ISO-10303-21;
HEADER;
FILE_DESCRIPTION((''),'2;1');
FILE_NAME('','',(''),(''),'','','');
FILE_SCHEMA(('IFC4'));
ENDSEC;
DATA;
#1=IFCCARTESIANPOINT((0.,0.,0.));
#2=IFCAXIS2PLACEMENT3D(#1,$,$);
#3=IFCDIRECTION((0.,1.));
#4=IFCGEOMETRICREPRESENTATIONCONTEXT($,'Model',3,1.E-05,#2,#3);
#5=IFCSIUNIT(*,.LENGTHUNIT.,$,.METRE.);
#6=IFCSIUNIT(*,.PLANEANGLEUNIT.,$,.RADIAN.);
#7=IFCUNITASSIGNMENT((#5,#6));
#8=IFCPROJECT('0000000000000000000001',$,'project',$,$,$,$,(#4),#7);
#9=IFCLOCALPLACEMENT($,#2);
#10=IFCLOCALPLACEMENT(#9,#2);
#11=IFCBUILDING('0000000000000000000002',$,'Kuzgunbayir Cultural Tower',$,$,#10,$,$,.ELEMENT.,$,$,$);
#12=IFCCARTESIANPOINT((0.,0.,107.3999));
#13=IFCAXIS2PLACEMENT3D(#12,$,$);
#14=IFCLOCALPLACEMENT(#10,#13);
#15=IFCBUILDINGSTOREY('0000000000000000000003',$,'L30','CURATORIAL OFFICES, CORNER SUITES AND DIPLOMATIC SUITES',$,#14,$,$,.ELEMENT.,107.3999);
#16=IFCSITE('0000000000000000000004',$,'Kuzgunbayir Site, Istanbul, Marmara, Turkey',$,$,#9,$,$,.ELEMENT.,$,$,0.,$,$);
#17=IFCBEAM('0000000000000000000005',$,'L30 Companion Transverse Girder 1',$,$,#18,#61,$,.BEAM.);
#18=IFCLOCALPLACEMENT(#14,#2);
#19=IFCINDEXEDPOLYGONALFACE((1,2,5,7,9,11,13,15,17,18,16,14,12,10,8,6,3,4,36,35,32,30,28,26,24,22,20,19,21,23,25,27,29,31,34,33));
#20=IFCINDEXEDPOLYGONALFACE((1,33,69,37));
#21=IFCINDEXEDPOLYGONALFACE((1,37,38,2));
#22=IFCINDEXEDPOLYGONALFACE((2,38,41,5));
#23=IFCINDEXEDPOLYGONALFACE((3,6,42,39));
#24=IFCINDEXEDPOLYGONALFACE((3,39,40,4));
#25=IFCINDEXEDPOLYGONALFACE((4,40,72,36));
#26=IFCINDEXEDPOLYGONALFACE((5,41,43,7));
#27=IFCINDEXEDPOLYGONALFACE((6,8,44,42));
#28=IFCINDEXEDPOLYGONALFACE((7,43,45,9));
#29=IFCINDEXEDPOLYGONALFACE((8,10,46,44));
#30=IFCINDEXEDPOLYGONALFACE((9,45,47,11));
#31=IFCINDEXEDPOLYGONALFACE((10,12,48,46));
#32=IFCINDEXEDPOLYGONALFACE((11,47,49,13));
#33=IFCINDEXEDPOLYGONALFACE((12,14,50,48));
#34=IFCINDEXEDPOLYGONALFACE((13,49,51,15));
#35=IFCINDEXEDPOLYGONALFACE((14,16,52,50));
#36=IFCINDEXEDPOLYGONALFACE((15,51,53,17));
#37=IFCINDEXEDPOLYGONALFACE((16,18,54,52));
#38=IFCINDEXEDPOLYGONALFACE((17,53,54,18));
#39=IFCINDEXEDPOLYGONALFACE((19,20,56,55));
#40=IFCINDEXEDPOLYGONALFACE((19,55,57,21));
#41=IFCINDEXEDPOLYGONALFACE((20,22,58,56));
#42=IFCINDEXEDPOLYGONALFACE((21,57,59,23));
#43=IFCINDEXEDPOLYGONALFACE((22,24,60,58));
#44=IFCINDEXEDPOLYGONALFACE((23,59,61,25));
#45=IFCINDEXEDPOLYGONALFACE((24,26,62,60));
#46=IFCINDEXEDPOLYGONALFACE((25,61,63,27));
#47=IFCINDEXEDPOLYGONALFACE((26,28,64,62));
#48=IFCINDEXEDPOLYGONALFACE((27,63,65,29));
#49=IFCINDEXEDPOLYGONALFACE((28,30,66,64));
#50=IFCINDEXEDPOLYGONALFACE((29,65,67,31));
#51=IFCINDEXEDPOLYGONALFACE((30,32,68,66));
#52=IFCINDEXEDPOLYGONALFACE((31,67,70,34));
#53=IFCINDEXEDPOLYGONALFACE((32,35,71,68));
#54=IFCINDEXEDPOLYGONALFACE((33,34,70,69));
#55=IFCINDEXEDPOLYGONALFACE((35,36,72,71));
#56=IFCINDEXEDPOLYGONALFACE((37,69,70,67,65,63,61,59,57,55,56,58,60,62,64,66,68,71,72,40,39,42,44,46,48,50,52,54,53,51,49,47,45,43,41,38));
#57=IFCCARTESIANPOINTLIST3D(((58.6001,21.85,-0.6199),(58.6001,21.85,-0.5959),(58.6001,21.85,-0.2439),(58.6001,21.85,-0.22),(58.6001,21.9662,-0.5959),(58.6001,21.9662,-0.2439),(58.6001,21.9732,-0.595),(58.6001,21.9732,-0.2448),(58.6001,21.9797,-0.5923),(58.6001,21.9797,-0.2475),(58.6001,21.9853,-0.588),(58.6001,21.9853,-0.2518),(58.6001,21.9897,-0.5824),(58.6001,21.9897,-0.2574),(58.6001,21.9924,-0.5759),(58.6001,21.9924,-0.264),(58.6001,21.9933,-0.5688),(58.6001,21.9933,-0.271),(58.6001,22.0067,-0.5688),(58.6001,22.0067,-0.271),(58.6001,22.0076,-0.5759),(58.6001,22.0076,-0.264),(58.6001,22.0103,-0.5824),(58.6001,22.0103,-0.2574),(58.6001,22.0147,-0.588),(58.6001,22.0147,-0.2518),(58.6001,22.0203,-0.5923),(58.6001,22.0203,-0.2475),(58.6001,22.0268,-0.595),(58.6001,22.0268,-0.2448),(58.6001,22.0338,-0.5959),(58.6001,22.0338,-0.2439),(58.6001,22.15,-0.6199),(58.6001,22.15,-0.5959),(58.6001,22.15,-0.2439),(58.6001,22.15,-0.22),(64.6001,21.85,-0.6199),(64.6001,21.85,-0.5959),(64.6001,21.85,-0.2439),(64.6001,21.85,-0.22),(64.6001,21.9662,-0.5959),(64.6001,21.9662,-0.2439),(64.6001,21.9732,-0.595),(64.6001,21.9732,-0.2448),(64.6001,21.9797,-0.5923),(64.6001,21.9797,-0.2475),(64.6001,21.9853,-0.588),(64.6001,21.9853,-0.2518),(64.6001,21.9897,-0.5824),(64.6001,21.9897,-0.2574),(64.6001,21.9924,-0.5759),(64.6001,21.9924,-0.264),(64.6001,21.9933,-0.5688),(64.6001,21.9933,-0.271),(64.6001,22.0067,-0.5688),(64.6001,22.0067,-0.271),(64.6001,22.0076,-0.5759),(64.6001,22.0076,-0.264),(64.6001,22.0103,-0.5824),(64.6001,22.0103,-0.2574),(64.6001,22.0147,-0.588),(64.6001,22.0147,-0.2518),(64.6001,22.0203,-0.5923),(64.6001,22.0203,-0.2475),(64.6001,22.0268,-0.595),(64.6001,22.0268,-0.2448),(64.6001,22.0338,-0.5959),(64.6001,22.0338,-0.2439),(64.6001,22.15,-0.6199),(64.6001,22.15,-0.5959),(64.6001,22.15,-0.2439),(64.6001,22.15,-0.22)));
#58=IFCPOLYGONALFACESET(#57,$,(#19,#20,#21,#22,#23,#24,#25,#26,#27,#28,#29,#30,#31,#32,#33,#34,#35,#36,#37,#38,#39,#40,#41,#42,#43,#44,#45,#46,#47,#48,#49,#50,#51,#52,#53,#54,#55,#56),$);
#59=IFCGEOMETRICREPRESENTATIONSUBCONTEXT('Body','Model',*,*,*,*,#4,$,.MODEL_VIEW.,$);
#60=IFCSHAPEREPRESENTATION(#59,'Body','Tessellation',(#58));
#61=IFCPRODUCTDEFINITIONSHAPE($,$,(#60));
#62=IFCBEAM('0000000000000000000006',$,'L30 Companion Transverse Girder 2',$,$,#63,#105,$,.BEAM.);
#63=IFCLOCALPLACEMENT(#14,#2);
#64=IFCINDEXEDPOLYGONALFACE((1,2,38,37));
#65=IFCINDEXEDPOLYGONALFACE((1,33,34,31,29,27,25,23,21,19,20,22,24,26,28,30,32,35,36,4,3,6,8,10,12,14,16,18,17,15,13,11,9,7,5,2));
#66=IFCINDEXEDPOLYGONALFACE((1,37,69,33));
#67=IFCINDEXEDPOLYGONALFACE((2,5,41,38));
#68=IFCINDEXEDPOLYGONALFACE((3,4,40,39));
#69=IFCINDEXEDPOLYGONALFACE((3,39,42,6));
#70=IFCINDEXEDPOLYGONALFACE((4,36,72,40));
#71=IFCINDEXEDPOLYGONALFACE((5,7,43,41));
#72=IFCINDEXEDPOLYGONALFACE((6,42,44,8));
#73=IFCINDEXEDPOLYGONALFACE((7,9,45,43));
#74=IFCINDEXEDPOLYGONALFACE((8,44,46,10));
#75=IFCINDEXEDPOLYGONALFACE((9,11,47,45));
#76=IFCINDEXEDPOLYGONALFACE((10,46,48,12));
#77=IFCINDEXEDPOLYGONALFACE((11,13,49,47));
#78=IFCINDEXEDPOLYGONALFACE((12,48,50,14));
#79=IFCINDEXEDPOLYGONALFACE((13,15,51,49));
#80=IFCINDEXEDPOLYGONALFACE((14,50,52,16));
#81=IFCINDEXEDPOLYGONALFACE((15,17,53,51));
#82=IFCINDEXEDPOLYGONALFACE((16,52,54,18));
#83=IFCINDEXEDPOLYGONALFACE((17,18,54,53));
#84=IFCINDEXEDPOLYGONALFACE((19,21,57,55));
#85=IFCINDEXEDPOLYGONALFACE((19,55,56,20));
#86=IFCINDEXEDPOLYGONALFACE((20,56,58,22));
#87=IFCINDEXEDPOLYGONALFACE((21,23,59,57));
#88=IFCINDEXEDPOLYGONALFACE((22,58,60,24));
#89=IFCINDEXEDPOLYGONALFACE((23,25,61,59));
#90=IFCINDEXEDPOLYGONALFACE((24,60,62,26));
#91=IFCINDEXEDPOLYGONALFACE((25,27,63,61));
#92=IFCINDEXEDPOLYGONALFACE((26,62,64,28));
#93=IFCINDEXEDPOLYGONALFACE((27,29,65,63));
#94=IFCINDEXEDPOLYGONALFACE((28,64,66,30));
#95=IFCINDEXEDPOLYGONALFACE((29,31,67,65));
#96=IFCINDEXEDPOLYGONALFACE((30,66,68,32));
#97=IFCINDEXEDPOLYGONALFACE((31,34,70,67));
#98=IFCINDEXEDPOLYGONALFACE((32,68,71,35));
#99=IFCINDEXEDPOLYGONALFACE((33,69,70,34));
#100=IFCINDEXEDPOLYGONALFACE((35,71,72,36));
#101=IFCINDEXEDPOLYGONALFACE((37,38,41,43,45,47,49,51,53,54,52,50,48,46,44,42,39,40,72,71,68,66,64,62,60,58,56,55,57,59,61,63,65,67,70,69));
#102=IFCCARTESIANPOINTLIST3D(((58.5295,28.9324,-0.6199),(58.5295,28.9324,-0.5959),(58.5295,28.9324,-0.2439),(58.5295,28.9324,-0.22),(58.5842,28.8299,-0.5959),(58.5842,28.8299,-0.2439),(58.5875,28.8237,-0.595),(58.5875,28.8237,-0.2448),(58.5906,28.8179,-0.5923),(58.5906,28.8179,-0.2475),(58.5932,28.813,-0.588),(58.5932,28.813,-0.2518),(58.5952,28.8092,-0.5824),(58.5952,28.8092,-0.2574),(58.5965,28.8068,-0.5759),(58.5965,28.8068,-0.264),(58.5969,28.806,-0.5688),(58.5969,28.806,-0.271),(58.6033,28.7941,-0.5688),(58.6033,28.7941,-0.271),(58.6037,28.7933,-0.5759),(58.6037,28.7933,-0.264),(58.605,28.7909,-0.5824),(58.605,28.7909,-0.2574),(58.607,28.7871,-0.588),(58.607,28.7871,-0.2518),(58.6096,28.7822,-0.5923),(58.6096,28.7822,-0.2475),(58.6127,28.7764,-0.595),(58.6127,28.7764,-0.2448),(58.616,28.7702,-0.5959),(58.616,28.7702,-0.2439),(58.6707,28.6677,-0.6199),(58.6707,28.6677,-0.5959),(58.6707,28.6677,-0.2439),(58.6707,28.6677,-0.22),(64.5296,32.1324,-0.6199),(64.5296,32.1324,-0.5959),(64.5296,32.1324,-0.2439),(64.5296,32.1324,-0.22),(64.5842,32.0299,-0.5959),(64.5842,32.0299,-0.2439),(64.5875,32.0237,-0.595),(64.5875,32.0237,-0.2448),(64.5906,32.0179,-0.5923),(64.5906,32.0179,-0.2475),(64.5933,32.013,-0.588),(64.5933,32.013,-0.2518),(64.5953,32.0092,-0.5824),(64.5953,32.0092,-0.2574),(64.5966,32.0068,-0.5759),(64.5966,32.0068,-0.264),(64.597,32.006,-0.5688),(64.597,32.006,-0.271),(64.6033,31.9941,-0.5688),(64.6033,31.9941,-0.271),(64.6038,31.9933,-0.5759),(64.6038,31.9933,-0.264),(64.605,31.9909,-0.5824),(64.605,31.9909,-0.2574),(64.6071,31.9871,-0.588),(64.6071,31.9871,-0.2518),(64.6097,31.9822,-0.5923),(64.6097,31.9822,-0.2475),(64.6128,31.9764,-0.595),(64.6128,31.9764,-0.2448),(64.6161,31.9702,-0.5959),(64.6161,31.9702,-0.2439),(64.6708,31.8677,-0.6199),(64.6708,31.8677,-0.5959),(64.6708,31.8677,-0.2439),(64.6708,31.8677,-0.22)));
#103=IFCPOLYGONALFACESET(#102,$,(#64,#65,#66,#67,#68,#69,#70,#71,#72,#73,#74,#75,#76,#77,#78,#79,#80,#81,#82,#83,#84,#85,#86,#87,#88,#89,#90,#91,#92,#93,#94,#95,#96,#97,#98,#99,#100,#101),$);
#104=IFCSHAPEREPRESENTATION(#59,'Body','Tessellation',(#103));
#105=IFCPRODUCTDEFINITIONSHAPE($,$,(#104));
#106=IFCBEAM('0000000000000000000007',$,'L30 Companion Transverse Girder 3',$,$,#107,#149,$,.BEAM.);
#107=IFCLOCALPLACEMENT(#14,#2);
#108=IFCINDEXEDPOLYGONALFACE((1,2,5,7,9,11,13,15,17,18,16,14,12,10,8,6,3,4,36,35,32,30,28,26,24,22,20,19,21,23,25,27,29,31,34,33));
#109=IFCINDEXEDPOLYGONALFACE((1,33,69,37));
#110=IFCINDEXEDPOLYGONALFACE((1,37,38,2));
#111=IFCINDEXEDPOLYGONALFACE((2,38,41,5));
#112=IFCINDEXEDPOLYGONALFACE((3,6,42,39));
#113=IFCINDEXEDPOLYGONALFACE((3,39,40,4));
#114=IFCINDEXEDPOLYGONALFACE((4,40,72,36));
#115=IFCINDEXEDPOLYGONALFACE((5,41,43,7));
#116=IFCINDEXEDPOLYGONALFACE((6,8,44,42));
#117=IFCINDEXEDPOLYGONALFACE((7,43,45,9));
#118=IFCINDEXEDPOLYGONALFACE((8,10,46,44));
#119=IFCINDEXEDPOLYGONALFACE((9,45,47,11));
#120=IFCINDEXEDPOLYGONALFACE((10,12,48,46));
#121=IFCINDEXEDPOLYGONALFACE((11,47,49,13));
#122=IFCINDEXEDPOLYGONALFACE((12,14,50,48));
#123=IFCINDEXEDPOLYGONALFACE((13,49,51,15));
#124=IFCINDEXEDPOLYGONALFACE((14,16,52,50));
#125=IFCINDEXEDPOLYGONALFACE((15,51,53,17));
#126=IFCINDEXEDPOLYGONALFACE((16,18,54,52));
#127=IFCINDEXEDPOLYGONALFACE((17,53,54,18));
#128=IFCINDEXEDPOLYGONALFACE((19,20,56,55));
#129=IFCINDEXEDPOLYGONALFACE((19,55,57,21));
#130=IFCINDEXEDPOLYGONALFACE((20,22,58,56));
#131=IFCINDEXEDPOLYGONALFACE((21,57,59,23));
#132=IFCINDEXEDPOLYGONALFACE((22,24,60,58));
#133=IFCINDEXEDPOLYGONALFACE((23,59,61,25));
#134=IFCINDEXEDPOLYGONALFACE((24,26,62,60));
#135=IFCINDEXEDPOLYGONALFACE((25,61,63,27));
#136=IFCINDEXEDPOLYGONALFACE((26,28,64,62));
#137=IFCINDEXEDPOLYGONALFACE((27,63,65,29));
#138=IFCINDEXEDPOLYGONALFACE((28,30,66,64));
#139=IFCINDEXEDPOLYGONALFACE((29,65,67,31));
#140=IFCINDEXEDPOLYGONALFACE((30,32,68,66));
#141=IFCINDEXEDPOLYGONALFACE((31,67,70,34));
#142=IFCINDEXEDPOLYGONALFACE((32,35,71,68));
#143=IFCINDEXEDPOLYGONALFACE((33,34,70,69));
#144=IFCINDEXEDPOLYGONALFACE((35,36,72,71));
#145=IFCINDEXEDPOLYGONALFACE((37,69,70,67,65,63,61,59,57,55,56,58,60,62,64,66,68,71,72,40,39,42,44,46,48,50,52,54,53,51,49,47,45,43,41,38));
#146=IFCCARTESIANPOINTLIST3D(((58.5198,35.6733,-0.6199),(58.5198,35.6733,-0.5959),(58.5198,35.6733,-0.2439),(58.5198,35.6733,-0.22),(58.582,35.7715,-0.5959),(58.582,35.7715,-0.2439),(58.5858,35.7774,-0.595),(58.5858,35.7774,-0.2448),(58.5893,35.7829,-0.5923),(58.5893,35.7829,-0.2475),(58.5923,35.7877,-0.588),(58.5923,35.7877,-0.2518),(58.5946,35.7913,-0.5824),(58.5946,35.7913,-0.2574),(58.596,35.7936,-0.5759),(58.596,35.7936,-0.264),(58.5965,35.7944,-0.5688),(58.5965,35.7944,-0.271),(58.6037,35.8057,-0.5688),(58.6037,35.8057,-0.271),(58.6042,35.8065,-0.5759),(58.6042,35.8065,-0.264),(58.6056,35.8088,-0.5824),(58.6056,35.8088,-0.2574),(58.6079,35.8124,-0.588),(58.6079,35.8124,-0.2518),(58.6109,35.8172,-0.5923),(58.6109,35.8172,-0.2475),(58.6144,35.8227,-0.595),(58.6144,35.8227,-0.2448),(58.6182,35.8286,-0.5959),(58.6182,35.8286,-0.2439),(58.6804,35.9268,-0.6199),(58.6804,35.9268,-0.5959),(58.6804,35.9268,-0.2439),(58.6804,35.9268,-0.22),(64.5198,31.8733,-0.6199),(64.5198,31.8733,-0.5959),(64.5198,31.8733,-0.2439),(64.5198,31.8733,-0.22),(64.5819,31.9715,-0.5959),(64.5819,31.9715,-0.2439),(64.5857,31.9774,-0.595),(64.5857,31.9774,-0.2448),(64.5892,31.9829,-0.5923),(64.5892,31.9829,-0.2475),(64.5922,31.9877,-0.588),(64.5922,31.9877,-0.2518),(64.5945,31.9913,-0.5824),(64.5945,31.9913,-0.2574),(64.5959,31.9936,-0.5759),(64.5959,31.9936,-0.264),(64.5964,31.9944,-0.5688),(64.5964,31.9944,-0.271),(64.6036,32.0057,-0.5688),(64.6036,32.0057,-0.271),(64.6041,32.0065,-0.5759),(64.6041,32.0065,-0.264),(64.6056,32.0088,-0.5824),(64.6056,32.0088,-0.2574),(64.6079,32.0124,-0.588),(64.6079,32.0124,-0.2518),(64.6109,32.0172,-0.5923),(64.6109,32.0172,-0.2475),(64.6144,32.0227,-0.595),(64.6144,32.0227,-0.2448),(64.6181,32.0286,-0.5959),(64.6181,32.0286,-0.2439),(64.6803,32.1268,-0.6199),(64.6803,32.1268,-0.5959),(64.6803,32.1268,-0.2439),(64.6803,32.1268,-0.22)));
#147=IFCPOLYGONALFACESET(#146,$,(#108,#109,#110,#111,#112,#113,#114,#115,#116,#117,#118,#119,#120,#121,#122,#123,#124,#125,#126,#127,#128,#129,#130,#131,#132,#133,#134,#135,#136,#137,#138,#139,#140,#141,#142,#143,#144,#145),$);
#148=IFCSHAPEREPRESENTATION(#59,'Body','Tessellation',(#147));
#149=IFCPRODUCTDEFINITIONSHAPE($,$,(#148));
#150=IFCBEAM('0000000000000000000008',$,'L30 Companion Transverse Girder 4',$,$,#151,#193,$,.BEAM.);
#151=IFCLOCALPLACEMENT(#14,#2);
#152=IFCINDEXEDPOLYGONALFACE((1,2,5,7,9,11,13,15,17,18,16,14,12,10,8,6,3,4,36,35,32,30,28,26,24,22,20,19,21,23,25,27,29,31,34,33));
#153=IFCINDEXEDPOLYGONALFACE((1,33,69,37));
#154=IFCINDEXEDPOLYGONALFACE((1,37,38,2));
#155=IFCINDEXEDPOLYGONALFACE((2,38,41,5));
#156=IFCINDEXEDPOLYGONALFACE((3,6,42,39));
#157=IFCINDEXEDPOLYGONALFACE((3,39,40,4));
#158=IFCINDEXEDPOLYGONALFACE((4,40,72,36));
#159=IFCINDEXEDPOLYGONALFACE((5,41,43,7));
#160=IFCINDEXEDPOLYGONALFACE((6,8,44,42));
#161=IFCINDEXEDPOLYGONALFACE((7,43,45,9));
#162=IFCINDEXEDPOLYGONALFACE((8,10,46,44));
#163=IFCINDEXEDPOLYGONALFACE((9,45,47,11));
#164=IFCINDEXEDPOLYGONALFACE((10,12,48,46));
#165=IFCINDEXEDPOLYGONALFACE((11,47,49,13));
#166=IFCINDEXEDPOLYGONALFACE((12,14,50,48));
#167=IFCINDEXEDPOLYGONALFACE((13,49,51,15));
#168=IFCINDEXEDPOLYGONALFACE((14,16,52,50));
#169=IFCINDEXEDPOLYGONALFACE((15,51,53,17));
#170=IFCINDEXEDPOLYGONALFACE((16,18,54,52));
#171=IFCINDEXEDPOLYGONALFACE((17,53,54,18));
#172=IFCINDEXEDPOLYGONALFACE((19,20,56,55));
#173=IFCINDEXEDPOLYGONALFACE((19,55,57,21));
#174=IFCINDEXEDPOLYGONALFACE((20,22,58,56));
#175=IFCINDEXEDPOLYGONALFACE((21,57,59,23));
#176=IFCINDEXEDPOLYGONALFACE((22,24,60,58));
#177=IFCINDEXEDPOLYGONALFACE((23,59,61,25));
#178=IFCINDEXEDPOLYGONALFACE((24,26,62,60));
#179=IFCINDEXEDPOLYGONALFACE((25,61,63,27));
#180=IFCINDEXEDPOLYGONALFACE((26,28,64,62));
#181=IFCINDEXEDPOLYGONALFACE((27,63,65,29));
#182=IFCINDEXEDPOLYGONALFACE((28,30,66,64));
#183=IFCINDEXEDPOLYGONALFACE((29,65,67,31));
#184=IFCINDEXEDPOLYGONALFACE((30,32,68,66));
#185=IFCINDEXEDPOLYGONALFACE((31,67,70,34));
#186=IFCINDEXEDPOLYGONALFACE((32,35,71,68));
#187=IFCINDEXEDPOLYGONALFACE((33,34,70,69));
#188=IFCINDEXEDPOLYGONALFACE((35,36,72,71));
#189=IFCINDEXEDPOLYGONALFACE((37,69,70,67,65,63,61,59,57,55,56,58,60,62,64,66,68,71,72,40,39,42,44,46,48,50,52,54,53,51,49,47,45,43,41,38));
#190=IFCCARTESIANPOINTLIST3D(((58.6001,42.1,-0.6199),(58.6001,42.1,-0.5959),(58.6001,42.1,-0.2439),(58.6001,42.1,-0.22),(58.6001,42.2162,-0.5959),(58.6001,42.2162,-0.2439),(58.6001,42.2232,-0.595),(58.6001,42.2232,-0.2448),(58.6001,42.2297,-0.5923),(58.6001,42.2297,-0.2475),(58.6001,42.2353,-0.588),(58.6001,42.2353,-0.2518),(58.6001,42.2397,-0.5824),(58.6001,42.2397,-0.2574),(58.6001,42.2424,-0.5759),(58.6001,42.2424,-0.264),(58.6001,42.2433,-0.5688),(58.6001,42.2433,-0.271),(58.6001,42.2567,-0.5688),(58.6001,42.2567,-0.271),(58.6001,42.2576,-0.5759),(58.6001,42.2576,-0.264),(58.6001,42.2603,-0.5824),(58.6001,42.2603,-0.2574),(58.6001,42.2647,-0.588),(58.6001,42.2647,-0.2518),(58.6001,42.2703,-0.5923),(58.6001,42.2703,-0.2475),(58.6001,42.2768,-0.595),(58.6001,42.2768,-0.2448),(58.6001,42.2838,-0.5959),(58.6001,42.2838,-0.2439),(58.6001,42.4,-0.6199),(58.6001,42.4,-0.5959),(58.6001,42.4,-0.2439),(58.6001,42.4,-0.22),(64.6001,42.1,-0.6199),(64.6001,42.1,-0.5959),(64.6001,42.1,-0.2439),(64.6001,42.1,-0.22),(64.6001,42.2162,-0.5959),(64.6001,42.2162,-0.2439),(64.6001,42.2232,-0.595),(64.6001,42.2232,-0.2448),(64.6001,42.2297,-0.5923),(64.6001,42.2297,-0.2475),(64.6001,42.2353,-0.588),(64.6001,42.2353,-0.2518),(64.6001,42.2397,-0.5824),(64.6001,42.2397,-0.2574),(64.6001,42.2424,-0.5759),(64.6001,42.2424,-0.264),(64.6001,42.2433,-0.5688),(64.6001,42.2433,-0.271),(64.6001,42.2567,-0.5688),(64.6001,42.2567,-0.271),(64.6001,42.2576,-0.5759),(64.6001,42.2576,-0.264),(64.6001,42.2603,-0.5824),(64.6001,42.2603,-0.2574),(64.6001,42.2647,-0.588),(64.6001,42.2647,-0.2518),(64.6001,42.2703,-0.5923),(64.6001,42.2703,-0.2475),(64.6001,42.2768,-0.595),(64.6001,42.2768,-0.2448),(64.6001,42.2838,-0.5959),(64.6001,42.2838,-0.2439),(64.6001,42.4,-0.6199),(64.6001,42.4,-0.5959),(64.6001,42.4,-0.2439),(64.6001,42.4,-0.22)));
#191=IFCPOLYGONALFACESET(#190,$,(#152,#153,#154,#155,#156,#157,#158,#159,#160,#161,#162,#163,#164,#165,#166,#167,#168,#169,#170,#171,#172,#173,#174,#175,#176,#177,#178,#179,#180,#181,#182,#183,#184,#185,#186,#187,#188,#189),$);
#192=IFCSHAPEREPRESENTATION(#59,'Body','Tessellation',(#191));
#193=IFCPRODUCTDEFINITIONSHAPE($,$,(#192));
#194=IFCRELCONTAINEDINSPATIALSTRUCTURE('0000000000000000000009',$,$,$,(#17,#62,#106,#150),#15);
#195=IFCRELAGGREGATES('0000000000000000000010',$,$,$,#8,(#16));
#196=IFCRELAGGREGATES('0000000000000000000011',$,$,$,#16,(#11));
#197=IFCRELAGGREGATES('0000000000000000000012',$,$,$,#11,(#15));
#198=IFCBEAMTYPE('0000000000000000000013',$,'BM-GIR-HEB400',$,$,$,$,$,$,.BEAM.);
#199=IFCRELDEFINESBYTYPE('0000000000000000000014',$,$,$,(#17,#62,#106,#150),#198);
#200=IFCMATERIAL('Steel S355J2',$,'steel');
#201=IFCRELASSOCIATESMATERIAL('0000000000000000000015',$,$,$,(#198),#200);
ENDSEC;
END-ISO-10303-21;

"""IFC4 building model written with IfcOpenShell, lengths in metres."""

from ifc_helpers import new_model, si_unit, direction, frame, origin, origin_2d, place, context, subcontext, project, spatial, i_section, extrude, material, material_profile, profile_set, type_object, element, save


model = new_model("IFC4")

# Units and contexts
model_context = context("Model", 3, precision=1e-05, world=origin(), true_north=direction((0.0, 1.0)))
body_context = subcontext(model_context, "Body", "Model", "MODEL_VIEW")
ifc_project = project(units=[si_unit("LENGTHUNIT", "METRE"), si_unit("PLANEANGLEUNIT", "RADIAN")], contexts=[model_context])

# Site, building, storey
site_placement = place(None, origin())
site = spatial("IfcSite", under=ifc_project, at=site_placement, Name="Kuzgunbayir Site, Istanbul, Marmara, Turkey", CompositionType="ELEMENT", RefElevation=0.0)
building_placement = place(site_placement, origin())
building = spatial("IfcBuilding", under=site, at=building_placement, Name="Kuzgunbayir Cultural Tower", CompositionType="ELEMENT")
storey_placement = place(building_placement, frame((0.0, 0.0, 107.3999)))
storey = spatial("IfcBuildingStorey", under=building, at=storey_placement, Name="L30", Description="CURATORIAL OFFICES, CORNER SUITES AND DIPLOMATIC SUITES", CompositionType="ELEMENT", Elevation=107.3999)

# Beams
ifc_material_1 = material(Name="Steel S355J2", Category="steel")
ifc_material_profile_1 = material_profile(ifc_material_1, i_section(OverallWidth=0.3, OverallDepth=0.3999, WebThickness=0.0134, FlangeThickness=0.0239, FilletRadius=0.0271, at=origin_2d()), Name="HEB 400")
ifc_profile_set_1 = profile_set([ifc_material_profile_1], Name="Steel S355J2")
beam_type_1 = type_object("IfcBeamType", Name="BM-GIR-HEB400", PredefinedType="BEAM", material=ifc_profile_set_1)
beam_1_placement = place(storey_placement, frame((58.6001, 22.0, -0.4199), z_axis=(1.0, 0.0, 0.0), x_axis=(0.0, 1.0, 0.0)))
element("IfcBeam", 1, at=beam_1_placement, inside=storey, type_object=beam_type_1, Name="L30 Companion Transverse Girder 1", PredefinedType="BEAM", context=body_context, shape_type="SweptSolid", body=[
    extrude(i_section(OverallWidth=0.3, OverallDepth=0.3999, WebThickness=0.0134, FlangeThickness=0.0239, FilletRadius=0.0271, at=origin_2d()), origin(), (0.0, 0.0, 1.0), 6.0),
])
beam_2_placement = place(storey_placement, frame((58.6001, 28.8, -0.4199), z_axis=(0.882356, 0.470583, 0.0), x_axis=(-0.470583, 0.882356, 0.0)))
element("IfcBeam", 2, at=beam_2_placement, inside=storey, type_object=beam_type_1, Name="L30 Companion Transverse Girder 2", PredefinedType="BEAM", context=body_context, shape_type="SweptSolid", body=[
    extrude(i_section(OverallWidth=0.3, OverallDepth=0.3999, WebThickness=0.0134, FlangeThickness=0.0239, FilletRadius=0.0271, at=origin_2d()), origin(), (0.0, 0.0, 1.0), 6.8),
])
beam_3_placement = place(storey_placement, frame((58.6001, 35.8, -0.4199), z_axis=(0.844816, -0.535057, 0.0), x_axis=(0.535057, 0.844816, 0.0)))
element("IfcBeam", 3, at=beam_3_placement, inside=storey, type_object=beam_type_1, Name="L30 Companion Transverse Girder 3", PredefinedType="BEAM", context=body_context, shape_type="SweptSolid", body=[
    extrude(i_section(OverallWidth=0.3, OverallDepth=0.3999, WebThickness=0.0134, FlangeThickness=0.0239, FilletRadius=0.0271, at=origin_2d()), origin(), (0.0, 0.0, 1.0), 7.1021),
])
beam_4_placement = place(storey_placement, frame((58.6001, 42.25, -0.4199), z_axis=(1.0, 0.0, 0.0), x_axis=(0.0, 1.0, 0.0)))
element("IfcBeam", 4, at=beam_4_placement, inside=storey, type_object=beam_type_1, Name="L30 Companion Transverse Girder 4", PredefinedType="BEAM", context=body_context, shape_type="SweptSolid", body=[
    extrude(i_section(OverallWidth=0.3, OverallDepth=0.3999, WebThickness=0.0134, FlangeThickness=0.0239, FilletRadius=0.0271, at=origin_2d()), origin(), (0.0, 0.0, 1.0), 6.0),
])

save(model, "model.ifc")
